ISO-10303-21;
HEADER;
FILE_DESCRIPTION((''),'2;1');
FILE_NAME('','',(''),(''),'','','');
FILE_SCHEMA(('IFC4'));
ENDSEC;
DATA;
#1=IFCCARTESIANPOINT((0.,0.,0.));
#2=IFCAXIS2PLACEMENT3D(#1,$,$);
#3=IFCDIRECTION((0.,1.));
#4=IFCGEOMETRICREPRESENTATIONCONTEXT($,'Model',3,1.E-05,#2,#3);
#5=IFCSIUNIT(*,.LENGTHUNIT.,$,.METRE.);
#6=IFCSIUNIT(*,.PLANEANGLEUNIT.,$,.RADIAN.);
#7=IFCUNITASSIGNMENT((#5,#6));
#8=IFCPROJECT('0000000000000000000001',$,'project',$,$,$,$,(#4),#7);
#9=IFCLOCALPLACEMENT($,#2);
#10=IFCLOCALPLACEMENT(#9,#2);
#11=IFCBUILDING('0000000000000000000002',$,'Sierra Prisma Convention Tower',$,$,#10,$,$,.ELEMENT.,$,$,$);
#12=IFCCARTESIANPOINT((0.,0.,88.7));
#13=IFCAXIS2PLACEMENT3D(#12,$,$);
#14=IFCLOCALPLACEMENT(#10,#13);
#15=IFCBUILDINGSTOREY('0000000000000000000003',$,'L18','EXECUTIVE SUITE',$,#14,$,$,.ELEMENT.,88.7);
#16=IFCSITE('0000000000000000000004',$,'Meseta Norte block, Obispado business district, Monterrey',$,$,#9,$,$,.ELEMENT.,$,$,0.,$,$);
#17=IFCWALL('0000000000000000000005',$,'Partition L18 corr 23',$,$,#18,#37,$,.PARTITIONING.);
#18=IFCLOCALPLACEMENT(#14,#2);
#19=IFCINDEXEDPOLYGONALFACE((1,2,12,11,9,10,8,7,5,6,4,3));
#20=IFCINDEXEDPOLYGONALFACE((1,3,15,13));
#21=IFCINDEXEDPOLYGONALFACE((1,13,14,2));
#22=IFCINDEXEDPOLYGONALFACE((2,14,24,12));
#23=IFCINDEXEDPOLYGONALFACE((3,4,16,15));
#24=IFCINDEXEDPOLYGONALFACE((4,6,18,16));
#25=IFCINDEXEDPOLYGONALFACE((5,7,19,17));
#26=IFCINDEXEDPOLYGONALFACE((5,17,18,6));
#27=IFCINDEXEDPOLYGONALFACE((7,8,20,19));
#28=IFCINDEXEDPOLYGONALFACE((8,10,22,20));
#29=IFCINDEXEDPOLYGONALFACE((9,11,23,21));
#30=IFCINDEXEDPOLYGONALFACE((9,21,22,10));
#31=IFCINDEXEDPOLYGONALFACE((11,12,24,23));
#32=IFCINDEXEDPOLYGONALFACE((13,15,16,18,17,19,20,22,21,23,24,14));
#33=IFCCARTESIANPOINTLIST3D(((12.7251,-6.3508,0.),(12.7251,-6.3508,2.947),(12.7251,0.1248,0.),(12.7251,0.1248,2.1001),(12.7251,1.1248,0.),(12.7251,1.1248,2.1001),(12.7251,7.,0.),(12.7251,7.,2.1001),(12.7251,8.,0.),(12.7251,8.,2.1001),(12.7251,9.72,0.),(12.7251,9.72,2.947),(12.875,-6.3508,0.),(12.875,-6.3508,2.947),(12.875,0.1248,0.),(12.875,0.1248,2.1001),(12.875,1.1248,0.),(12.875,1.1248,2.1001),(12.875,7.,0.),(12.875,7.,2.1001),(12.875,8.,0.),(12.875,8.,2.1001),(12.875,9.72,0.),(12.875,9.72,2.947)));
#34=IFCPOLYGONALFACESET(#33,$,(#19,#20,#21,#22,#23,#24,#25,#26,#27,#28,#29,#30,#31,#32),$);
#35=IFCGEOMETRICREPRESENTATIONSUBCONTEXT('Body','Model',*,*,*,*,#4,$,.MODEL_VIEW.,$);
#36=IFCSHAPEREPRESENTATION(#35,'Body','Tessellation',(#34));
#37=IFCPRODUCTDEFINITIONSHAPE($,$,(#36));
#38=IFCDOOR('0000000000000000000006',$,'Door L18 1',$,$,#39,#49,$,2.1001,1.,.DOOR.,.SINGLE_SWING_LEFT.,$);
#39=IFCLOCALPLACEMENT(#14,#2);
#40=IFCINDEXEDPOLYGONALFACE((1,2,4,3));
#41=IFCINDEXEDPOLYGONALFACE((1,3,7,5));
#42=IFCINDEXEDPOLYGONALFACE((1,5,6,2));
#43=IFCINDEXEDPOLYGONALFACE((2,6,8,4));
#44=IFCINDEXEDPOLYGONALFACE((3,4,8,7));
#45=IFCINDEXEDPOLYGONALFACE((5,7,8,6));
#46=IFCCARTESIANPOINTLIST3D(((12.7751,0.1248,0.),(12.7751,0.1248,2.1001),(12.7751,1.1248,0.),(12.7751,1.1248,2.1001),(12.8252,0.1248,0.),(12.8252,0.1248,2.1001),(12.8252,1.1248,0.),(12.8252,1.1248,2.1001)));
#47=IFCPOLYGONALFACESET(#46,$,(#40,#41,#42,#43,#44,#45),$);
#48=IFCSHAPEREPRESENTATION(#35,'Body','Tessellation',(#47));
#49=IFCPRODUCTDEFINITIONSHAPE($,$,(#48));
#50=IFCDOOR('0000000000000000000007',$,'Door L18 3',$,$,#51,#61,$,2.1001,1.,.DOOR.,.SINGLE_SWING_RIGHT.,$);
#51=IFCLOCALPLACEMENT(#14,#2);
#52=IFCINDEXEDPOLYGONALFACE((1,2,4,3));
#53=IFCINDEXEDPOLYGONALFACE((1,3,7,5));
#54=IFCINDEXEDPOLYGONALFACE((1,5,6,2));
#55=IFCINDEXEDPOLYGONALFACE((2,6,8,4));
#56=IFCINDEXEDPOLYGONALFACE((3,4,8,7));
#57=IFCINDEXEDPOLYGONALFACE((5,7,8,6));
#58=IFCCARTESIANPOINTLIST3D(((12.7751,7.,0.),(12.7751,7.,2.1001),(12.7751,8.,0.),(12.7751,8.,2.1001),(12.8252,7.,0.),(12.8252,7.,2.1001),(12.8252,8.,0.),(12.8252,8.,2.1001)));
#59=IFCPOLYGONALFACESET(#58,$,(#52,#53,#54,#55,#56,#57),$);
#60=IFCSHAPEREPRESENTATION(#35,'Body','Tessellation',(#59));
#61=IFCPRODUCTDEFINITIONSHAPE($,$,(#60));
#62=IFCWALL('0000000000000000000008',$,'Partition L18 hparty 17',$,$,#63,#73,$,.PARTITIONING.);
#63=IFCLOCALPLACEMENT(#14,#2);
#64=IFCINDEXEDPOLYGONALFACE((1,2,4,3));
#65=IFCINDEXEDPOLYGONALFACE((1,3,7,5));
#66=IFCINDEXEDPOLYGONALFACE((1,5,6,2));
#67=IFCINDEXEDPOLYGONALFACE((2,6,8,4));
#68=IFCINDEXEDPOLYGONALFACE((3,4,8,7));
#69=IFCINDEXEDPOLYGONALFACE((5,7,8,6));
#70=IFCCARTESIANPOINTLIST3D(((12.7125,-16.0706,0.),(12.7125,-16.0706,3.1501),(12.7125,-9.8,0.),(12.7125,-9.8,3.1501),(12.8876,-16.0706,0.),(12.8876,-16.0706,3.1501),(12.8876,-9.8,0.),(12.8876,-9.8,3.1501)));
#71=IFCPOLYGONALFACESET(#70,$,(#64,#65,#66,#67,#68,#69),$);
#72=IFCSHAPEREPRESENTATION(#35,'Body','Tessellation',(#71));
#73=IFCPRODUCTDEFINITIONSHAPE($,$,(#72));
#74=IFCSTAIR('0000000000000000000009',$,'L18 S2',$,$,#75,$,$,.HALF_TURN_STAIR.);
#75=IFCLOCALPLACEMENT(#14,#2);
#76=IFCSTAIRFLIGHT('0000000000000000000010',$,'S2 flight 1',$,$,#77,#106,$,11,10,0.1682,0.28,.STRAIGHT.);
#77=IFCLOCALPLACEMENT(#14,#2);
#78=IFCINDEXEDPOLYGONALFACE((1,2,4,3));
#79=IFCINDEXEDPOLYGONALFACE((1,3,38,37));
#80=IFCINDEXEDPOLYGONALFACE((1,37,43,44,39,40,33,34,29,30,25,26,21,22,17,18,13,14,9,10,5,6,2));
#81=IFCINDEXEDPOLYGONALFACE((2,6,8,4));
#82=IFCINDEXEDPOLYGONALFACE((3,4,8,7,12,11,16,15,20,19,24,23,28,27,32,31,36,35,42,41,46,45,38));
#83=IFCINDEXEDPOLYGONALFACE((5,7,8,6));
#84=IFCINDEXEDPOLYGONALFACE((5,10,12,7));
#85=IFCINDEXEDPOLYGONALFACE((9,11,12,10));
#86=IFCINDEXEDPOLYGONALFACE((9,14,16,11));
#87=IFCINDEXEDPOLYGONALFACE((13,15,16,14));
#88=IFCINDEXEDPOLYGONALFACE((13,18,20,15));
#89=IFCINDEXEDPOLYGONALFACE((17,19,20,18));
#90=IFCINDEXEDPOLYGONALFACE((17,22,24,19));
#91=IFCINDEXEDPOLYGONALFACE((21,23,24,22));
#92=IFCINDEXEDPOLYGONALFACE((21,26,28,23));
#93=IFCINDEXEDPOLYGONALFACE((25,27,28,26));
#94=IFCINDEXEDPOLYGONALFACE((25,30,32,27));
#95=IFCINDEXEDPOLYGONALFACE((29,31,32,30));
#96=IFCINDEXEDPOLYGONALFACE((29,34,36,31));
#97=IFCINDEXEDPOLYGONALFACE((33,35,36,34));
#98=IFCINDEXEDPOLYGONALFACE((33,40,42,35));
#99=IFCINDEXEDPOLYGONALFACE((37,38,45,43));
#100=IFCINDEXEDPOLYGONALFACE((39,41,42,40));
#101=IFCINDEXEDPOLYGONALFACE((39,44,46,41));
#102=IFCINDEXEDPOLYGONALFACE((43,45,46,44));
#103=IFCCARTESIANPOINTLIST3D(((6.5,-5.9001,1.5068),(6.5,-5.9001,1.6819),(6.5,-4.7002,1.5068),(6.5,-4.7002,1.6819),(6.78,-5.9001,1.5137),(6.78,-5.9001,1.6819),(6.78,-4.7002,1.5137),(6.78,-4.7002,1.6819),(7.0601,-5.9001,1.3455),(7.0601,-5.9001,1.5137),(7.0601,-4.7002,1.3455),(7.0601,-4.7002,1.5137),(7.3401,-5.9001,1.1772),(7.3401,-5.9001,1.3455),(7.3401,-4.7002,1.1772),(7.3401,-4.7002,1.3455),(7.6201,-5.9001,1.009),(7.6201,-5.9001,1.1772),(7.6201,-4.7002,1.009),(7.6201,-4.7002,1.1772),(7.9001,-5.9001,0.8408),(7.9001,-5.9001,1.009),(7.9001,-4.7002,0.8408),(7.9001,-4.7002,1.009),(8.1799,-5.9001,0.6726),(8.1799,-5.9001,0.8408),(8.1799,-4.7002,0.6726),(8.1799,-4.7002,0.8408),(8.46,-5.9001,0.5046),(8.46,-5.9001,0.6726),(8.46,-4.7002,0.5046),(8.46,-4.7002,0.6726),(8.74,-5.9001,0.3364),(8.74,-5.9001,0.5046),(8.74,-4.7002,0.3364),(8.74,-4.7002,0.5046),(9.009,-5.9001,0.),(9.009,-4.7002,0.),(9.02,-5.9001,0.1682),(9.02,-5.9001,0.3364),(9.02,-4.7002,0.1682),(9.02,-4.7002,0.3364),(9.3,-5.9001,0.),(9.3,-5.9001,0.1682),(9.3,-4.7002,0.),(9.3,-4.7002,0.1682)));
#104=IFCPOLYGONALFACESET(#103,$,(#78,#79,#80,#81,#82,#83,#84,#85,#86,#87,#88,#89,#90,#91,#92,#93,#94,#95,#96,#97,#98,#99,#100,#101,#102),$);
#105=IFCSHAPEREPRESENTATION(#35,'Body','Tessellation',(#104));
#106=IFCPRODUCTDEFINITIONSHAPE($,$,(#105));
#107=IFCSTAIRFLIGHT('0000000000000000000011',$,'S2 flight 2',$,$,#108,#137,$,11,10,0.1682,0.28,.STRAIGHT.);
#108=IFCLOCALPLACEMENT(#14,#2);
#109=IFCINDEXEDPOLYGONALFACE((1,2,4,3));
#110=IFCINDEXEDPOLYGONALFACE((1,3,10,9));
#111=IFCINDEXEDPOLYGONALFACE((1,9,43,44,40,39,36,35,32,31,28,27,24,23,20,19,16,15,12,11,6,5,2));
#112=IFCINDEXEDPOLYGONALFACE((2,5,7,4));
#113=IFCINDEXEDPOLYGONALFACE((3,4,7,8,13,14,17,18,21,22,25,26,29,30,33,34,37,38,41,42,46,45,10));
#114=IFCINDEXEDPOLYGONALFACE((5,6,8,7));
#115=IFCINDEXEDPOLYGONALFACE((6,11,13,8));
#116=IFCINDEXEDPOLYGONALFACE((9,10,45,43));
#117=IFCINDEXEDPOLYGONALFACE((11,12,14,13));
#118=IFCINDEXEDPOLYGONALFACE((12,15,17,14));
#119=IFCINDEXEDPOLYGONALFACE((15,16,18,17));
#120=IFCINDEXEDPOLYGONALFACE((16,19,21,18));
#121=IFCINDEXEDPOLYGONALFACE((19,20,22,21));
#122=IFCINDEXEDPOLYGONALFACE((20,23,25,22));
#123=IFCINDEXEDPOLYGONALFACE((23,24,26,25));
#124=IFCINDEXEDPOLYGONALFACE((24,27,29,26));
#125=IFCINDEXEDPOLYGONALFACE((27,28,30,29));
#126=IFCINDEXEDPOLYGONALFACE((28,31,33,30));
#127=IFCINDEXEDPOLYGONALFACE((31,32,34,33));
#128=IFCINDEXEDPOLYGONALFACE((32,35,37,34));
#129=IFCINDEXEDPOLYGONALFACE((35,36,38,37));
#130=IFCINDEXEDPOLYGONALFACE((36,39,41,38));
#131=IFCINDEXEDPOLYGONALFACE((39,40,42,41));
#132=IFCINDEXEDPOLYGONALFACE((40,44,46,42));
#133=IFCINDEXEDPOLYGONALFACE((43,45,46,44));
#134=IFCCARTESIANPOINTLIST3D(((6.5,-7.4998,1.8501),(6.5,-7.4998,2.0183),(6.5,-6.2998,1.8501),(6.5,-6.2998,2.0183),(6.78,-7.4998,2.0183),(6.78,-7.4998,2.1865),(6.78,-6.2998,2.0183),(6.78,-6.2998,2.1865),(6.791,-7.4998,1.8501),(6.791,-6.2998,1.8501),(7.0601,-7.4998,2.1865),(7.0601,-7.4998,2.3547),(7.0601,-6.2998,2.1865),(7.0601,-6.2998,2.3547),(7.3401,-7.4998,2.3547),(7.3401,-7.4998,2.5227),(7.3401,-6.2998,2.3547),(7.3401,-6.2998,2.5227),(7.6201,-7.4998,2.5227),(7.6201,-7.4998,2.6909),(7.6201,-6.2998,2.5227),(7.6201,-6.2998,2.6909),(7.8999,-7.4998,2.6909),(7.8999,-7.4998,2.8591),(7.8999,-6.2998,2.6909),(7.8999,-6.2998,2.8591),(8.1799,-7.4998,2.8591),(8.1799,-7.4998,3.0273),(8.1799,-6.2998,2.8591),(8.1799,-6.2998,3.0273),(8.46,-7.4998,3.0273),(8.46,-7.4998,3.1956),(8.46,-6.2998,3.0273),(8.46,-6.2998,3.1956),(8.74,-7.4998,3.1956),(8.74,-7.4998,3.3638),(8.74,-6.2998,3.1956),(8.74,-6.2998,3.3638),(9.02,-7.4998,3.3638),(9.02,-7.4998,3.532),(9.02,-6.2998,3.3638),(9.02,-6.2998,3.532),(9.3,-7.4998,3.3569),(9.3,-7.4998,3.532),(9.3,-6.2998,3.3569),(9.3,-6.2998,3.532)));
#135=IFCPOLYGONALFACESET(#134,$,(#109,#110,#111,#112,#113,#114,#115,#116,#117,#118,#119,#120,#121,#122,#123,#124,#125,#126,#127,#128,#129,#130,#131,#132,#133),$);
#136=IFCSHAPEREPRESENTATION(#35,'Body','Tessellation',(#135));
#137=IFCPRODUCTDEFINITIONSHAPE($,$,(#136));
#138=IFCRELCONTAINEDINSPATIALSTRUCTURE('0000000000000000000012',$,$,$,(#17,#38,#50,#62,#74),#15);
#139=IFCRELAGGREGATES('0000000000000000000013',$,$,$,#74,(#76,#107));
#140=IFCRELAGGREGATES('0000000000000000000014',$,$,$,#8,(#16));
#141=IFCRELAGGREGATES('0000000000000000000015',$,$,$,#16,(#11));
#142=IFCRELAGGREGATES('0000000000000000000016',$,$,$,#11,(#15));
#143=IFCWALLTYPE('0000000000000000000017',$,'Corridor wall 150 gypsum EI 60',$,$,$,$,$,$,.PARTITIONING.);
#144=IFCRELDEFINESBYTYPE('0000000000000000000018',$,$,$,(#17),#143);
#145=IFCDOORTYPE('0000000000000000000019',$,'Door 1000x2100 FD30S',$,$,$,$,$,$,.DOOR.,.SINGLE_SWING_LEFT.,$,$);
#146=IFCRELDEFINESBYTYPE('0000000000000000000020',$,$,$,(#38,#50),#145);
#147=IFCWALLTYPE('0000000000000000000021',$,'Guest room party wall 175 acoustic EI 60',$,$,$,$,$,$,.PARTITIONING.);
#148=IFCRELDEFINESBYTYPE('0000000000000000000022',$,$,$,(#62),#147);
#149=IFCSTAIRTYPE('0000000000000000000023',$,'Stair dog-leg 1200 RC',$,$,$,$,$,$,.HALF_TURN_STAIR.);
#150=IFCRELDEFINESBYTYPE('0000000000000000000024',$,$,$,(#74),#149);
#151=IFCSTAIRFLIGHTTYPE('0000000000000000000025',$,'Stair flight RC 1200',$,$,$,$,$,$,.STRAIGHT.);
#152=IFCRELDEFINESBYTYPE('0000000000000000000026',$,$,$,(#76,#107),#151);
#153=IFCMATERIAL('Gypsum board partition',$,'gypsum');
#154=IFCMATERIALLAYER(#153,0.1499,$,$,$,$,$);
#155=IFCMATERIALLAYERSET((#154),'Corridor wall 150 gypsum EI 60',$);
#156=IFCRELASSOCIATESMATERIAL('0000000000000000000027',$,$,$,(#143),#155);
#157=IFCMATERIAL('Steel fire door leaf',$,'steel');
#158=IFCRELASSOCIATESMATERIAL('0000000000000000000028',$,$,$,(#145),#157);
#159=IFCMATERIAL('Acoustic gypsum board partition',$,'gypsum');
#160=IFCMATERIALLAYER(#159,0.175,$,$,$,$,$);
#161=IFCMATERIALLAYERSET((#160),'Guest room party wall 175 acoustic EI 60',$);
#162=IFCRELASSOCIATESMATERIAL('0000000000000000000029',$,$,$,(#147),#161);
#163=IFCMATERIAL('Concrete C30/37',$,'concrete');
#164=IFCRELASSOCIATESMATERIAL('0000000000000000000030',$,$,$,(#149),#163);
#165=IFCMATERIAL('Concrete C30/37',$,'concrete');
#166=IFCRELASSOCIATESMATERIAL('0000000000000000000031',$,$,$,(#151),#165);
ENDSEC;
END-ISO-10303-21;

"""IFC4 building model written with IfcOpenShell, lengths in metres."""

from ifc_helpers import new_model, si_unit, direction, frame, frame_2d, origin, place, context, subcontext, project, spatial, polyline, rectangle, outline, extrude, material, layer, layer_set, type_object, element, fill, aggregate, save


model = new_model("IFC4")

# Units and contexts
model_context = context("Model", 3, precision=1e-05, world=origin(), true_north=direction((0.0, 1.0)))
body_context = subcontext(model_context, "Body", "Model", "MODEL_VIEW")
ifc_project = project(units=[si_unit("LENGTHUNIT", "METRE"), si_unit("PLANEANGLEUNIT", "RADIAN")], contexts=[model_context])

# Site, building, storey
site_placement = place(None, origin())
site = spatial("IfcSite", under=ifc_project, at=site_placement, Name="Meseta Norte block, Obispado business district, Monterrey", CompositionType="ELEMENT", RefElevation=0.0)
building_placement = place(site_placement, origin())
building = spatial("IfcBuilding", under=site, at=building_placement, Name="Sierra Prisma Convention Tower", CompositionType="ELEMENT")
storey_placement = place(building_placement, frame((0.0, 0.0, 88.7)))
storey = spatial("IfcBuildingStorey", under=building, at=storey_placement, Name="L18", Description="EXECUTIVE SUITE", CompositionType="ELEMENT", Elevation=88.7)

# Shared definitions
ifc_material_1 = material(Name="Gypsum board partition", Category="gypsum")
ifc_layer_1 = layer(ifc_material_1, 0.1499)
ifc_layer_set_1 = layer_set([ifc_layer_1], Name="Corridor wall 150 gypsum EI 60")
wall_type_1 = type_object("IfcWallType", Name="Corridor wall 150 gypsum EI 60", PredefinedType="PARTITIONING", material=ifc_layer_set_1)
ifc_material_2 = material(Name="Steel fire door leaf", Category="steel")
door_type_1 = type_object("IfcDoorType", Name="Door 1000x2100 FD30S", OperationType="SINGLE_SWING_LEFT", PredefinedType="DOOR", material=ifc_material_2)

# Wall, openings, doors
wall_1_placement = place(storey_placement, frame((12.8, -6.3508, 0.0), z_axis=(0.0, 0.0, 1.0), x_axis=(0.0, 1.0, 0.0)))
wall_1 = element("IfcWall", 1, at=wall_1_placement, inside=storey, type_object=wall_type_1, Name="Partition L18 corr 23", PredefinedType="PARTITIONING", context=body_context, shape_type="SweptSolid", body=[
    extrude(rectangle(XDim=16.0708, YDim=0.1499, at=frame_2d((8.0354, 0.0))), origin(), (0.0, 0.0, 1.0), 2.947),
])
opening_1_placement = place(wall_1_placement, frame((6.4756, 0.0, 0.0)))
opening_1 = element("IfcOpeningElement", 2, at=opening_1_placement, cuts=wall_1, PredefinedType="OPENING", context=body_context, shape_type="SweptSolid", body=[
    extrude(rectangle(XDim=1.0, YDim=2.1001, at=frame_2d((0.5, 1.05))), frame((0.0, 0.075, 0.0), z_axis=(0.0, -1.0, 0.0), x_axis=(1.0, 0.0, 0.0)), (0.0, 0.0, 1.0), 0.1499),
])
opening_2_placement = place(wall_1_placement, frame((13.3508, 0.0, 0.0)))
opening_2 = element("IfcOpeningElement", 3, at=opening_2_placement, cuts=wall_1, PredefinedType="OPENING", context=body_context, shape_type="SweptSolid", body=[
    extrude(rectangle(XDim=1.0, YDim=2.1001, at=frame_2d((0.5, 1.05))), frame((0.0, 0.075, 0.0), z_axis=(0.0, -1.0, 0.0), x_axis=(1.0, 0.0, 0.0)), (0.0, 0.0, 1.0), 0.1499),
])
door_1_placement = place(opening_1_placement, origin())
door_1 = element("IfcDoor", 4, at=door_1_placement, inside=storey, type_object=door_type_1, Name="Door L18 1", OperationType="SINGLE_SWING_LEFT", OverallHeight=2.1001, OverallWidth=1.0, PredefinedType="DOOR", context=body_context, shape_type="SweptSolid", body=[
    extrude(rectangle(XDim=1.0, YDim=2.1001, at=frame_2d((0.5, 1.05))), frame((0.0, 0.0249, 0.0), z_axis=(0.0, -1.0, 0.0), x_axis=(1.0, 0.0, 0.0)), (0.0, 0.0, 1.0), 0.05),
])
fill(opening_1, door_1)
door_2_placement = place(opening_2_placement, origin())
door_2 = element("IfcDoor", 5, at=door_2_placement, inside=storey, type_object=door_type_1, Name="Door L18 3", OperationType="SINGLE_SWING_RIGHT", OverallHeight=2.1001, OverallWidth=1.0, PredefinedType="DOOR", context=body_context, shape_type="SweptSolid", body=[
    extrude(rectangle(XDim=1.0, YDim=2.1001, at=frame_2d((0.5, 1.05))), frame((0.0, 0.0249, 0.0), z_axis=(0.0, -1.0, 0.0), x_axis=(1.0, 0.0, 0.0)), (0.0, 0.0, 1.0), 0.05),
])
fill(opening_2, door_2)

# Wall
ifc_material_3 = material(Name="Acoustic gypsum board partition", Category="gypsum")
ifc_layer_2 = layer(ifc_material_3, 0.175)
ifc_layer_set_2 = layer_set([ifc_layer_2], Name="Guest room party wall 175 acoustic EI 60")
wall_type_2 = type_object("IfcWallType", Name="Guest room party wall 175 acoustic EI 60", PredefinedType="PARTITIONING", material=ifc_layer_set_2)
wall_2_placement = place(storey_placement, frame((12.8, -9.8, 0.0), z_axis=(0.0, 0.0, 1.0), x_axis=(0.0, -1.0, 0.0)))
element("IfcWall", 6, at=wall_2_placement, inside=storey, type_object=wall_type_2, Name="Partition L18 hparty 17", PredefinedType="PARTITIONING", context=body_context, shape_type="SweptSolid", body=[
    extrude(rectangle(XDim=6.2705, YDim=0.175, at=frame_2d((3.1353, 0.0))), origin(), (0.0, 0.0, 1.0), 3.1501),
])

# Stair, stair flights
ifc_material_4 = material(Name="Concrete C30/37", Category="concrete")
stair_type = type_object("IfcStairType", Name="Stair dog-leg 1200 RC", PredefinedType="HALF_TURN_STAIR", material=ifc_material_4)
stair_placement = place(storey_placement, origin())
stair = element("IfcStair", 7, at=stair_placement, inside=storey, type_object=stair_type, Name="L18 S2", PredefinedType="HALF_TURN_STAIR")
ifc_material_5 = material(Name="Concrete C30/37", Category="concrete")
stair_flight_type = type_object("IfcStairFlightType", Name="Stair flight RC 1200", PredefinedType="STRAIGHT", material=ifc_material_5)
stair_flight_1_placement = place(storey_placement, frame((9.3, -5.3, 0.0), z_axis=(0.0, 0.0, 1.0), x_axis=(-1.0, 0.0, 0.0)))
stair_flight_1 = element("IfcStairFlight", 8, at=stair_flight_1_placement, type_object=stair_flight_type, Name="S2 flight 1", NumberOfRisers=11, NumberOfTreads=10, PredefinedType="STRAIGHT", RiserHeight=0.1682, TreadLength=0.28, context=body_context, shape_type="SweptSolid", body=[
    extrude(outline(polyline([(0.0, 0.0), (0.0, 0.1682), (0.28, 0.1682), (0.28, 0.3364), (0.5601, 0.3364), (0.5601, 0.5046), (0.8401, 0.5046), (0.8401, 0.6726), (1.1201, 0.6726), (1.1201, 0.8408), (1.3999, 0.8408), (1.3999, 1.009), (1.6799, 1.009), (1.6799, 1.1772), (1.96, 1.1772), (1.96, 1.3455), (2.24, 1.3455), (2.24, 1.5137), (2.52, 1.5137), (2.52, 1.6819), (2.8, 1.6819), (2.8, 1.8501), (2.8, 1.5068), (0.291, 0.0), (0.0, 0.0)])), frame((0.0, 0.6001, 0.0), z_axis=(0.0, -1.0, 0.0), x_axis=(1.0, 0.0, 0.0)), (0.0, 0.0, 1.0), 1.2),
])
stair_flight_2_placement = place(storey_placement, frame((6.5, -6.8999, 1.8501), z_axis=(0.0, 0.0, 1.0), x_axis=(1.0, 0.0, 0.0)))
stair_flight_2 = element("IfcStairFlight", 9, at=stair_flight_2_placement, type_object=stair_flight_type, Name="S2 flight 2", NumberOfRisers=11, NumberOfTreads=10, PredefinedType="STRAIGHT", RiserHeight=0.1682, TreadLength=0.28, context=body_context, shape_type="SweptSolid", body=[
    extrude(outline(polyline([(0.0, 0.0), (0.0, 0.1682), (0.28, 0.1682), (0.28, 0.3364), (0.5601, 0.3364), (0.5601, 0.5046), (0.8401, 0.5046), (0.8401, 0.6726), (1.1201, 0.6726), (1.1201, 0.8408), (1.3999, 0.8408), (1.3999, 1.009), (1.6799, 1.009), (1.6799, 1.1772), (1.96, 1.1772), (1.96, 1.3455), (2.24, 1.3455), (2.24, 1.5137), (2.52, 1.5137), (2.52, 1.6819), (2.8, 1.6819), (2.8, 1.8501), (2.8, 1.5068), (0.291, 0.0), (0.0, 0.0)])), frame((0.0, 0.6001, 0.0), z_axis=(0.0, -1.0, 0.0), x_axis=(1.0, 0.0, 0.0)), (0.0, 0.0, 1.0), 1.2),
])
aggregate(stair, [stair_flight_1, stair_flight_2])

save(model, "model.ifc")
